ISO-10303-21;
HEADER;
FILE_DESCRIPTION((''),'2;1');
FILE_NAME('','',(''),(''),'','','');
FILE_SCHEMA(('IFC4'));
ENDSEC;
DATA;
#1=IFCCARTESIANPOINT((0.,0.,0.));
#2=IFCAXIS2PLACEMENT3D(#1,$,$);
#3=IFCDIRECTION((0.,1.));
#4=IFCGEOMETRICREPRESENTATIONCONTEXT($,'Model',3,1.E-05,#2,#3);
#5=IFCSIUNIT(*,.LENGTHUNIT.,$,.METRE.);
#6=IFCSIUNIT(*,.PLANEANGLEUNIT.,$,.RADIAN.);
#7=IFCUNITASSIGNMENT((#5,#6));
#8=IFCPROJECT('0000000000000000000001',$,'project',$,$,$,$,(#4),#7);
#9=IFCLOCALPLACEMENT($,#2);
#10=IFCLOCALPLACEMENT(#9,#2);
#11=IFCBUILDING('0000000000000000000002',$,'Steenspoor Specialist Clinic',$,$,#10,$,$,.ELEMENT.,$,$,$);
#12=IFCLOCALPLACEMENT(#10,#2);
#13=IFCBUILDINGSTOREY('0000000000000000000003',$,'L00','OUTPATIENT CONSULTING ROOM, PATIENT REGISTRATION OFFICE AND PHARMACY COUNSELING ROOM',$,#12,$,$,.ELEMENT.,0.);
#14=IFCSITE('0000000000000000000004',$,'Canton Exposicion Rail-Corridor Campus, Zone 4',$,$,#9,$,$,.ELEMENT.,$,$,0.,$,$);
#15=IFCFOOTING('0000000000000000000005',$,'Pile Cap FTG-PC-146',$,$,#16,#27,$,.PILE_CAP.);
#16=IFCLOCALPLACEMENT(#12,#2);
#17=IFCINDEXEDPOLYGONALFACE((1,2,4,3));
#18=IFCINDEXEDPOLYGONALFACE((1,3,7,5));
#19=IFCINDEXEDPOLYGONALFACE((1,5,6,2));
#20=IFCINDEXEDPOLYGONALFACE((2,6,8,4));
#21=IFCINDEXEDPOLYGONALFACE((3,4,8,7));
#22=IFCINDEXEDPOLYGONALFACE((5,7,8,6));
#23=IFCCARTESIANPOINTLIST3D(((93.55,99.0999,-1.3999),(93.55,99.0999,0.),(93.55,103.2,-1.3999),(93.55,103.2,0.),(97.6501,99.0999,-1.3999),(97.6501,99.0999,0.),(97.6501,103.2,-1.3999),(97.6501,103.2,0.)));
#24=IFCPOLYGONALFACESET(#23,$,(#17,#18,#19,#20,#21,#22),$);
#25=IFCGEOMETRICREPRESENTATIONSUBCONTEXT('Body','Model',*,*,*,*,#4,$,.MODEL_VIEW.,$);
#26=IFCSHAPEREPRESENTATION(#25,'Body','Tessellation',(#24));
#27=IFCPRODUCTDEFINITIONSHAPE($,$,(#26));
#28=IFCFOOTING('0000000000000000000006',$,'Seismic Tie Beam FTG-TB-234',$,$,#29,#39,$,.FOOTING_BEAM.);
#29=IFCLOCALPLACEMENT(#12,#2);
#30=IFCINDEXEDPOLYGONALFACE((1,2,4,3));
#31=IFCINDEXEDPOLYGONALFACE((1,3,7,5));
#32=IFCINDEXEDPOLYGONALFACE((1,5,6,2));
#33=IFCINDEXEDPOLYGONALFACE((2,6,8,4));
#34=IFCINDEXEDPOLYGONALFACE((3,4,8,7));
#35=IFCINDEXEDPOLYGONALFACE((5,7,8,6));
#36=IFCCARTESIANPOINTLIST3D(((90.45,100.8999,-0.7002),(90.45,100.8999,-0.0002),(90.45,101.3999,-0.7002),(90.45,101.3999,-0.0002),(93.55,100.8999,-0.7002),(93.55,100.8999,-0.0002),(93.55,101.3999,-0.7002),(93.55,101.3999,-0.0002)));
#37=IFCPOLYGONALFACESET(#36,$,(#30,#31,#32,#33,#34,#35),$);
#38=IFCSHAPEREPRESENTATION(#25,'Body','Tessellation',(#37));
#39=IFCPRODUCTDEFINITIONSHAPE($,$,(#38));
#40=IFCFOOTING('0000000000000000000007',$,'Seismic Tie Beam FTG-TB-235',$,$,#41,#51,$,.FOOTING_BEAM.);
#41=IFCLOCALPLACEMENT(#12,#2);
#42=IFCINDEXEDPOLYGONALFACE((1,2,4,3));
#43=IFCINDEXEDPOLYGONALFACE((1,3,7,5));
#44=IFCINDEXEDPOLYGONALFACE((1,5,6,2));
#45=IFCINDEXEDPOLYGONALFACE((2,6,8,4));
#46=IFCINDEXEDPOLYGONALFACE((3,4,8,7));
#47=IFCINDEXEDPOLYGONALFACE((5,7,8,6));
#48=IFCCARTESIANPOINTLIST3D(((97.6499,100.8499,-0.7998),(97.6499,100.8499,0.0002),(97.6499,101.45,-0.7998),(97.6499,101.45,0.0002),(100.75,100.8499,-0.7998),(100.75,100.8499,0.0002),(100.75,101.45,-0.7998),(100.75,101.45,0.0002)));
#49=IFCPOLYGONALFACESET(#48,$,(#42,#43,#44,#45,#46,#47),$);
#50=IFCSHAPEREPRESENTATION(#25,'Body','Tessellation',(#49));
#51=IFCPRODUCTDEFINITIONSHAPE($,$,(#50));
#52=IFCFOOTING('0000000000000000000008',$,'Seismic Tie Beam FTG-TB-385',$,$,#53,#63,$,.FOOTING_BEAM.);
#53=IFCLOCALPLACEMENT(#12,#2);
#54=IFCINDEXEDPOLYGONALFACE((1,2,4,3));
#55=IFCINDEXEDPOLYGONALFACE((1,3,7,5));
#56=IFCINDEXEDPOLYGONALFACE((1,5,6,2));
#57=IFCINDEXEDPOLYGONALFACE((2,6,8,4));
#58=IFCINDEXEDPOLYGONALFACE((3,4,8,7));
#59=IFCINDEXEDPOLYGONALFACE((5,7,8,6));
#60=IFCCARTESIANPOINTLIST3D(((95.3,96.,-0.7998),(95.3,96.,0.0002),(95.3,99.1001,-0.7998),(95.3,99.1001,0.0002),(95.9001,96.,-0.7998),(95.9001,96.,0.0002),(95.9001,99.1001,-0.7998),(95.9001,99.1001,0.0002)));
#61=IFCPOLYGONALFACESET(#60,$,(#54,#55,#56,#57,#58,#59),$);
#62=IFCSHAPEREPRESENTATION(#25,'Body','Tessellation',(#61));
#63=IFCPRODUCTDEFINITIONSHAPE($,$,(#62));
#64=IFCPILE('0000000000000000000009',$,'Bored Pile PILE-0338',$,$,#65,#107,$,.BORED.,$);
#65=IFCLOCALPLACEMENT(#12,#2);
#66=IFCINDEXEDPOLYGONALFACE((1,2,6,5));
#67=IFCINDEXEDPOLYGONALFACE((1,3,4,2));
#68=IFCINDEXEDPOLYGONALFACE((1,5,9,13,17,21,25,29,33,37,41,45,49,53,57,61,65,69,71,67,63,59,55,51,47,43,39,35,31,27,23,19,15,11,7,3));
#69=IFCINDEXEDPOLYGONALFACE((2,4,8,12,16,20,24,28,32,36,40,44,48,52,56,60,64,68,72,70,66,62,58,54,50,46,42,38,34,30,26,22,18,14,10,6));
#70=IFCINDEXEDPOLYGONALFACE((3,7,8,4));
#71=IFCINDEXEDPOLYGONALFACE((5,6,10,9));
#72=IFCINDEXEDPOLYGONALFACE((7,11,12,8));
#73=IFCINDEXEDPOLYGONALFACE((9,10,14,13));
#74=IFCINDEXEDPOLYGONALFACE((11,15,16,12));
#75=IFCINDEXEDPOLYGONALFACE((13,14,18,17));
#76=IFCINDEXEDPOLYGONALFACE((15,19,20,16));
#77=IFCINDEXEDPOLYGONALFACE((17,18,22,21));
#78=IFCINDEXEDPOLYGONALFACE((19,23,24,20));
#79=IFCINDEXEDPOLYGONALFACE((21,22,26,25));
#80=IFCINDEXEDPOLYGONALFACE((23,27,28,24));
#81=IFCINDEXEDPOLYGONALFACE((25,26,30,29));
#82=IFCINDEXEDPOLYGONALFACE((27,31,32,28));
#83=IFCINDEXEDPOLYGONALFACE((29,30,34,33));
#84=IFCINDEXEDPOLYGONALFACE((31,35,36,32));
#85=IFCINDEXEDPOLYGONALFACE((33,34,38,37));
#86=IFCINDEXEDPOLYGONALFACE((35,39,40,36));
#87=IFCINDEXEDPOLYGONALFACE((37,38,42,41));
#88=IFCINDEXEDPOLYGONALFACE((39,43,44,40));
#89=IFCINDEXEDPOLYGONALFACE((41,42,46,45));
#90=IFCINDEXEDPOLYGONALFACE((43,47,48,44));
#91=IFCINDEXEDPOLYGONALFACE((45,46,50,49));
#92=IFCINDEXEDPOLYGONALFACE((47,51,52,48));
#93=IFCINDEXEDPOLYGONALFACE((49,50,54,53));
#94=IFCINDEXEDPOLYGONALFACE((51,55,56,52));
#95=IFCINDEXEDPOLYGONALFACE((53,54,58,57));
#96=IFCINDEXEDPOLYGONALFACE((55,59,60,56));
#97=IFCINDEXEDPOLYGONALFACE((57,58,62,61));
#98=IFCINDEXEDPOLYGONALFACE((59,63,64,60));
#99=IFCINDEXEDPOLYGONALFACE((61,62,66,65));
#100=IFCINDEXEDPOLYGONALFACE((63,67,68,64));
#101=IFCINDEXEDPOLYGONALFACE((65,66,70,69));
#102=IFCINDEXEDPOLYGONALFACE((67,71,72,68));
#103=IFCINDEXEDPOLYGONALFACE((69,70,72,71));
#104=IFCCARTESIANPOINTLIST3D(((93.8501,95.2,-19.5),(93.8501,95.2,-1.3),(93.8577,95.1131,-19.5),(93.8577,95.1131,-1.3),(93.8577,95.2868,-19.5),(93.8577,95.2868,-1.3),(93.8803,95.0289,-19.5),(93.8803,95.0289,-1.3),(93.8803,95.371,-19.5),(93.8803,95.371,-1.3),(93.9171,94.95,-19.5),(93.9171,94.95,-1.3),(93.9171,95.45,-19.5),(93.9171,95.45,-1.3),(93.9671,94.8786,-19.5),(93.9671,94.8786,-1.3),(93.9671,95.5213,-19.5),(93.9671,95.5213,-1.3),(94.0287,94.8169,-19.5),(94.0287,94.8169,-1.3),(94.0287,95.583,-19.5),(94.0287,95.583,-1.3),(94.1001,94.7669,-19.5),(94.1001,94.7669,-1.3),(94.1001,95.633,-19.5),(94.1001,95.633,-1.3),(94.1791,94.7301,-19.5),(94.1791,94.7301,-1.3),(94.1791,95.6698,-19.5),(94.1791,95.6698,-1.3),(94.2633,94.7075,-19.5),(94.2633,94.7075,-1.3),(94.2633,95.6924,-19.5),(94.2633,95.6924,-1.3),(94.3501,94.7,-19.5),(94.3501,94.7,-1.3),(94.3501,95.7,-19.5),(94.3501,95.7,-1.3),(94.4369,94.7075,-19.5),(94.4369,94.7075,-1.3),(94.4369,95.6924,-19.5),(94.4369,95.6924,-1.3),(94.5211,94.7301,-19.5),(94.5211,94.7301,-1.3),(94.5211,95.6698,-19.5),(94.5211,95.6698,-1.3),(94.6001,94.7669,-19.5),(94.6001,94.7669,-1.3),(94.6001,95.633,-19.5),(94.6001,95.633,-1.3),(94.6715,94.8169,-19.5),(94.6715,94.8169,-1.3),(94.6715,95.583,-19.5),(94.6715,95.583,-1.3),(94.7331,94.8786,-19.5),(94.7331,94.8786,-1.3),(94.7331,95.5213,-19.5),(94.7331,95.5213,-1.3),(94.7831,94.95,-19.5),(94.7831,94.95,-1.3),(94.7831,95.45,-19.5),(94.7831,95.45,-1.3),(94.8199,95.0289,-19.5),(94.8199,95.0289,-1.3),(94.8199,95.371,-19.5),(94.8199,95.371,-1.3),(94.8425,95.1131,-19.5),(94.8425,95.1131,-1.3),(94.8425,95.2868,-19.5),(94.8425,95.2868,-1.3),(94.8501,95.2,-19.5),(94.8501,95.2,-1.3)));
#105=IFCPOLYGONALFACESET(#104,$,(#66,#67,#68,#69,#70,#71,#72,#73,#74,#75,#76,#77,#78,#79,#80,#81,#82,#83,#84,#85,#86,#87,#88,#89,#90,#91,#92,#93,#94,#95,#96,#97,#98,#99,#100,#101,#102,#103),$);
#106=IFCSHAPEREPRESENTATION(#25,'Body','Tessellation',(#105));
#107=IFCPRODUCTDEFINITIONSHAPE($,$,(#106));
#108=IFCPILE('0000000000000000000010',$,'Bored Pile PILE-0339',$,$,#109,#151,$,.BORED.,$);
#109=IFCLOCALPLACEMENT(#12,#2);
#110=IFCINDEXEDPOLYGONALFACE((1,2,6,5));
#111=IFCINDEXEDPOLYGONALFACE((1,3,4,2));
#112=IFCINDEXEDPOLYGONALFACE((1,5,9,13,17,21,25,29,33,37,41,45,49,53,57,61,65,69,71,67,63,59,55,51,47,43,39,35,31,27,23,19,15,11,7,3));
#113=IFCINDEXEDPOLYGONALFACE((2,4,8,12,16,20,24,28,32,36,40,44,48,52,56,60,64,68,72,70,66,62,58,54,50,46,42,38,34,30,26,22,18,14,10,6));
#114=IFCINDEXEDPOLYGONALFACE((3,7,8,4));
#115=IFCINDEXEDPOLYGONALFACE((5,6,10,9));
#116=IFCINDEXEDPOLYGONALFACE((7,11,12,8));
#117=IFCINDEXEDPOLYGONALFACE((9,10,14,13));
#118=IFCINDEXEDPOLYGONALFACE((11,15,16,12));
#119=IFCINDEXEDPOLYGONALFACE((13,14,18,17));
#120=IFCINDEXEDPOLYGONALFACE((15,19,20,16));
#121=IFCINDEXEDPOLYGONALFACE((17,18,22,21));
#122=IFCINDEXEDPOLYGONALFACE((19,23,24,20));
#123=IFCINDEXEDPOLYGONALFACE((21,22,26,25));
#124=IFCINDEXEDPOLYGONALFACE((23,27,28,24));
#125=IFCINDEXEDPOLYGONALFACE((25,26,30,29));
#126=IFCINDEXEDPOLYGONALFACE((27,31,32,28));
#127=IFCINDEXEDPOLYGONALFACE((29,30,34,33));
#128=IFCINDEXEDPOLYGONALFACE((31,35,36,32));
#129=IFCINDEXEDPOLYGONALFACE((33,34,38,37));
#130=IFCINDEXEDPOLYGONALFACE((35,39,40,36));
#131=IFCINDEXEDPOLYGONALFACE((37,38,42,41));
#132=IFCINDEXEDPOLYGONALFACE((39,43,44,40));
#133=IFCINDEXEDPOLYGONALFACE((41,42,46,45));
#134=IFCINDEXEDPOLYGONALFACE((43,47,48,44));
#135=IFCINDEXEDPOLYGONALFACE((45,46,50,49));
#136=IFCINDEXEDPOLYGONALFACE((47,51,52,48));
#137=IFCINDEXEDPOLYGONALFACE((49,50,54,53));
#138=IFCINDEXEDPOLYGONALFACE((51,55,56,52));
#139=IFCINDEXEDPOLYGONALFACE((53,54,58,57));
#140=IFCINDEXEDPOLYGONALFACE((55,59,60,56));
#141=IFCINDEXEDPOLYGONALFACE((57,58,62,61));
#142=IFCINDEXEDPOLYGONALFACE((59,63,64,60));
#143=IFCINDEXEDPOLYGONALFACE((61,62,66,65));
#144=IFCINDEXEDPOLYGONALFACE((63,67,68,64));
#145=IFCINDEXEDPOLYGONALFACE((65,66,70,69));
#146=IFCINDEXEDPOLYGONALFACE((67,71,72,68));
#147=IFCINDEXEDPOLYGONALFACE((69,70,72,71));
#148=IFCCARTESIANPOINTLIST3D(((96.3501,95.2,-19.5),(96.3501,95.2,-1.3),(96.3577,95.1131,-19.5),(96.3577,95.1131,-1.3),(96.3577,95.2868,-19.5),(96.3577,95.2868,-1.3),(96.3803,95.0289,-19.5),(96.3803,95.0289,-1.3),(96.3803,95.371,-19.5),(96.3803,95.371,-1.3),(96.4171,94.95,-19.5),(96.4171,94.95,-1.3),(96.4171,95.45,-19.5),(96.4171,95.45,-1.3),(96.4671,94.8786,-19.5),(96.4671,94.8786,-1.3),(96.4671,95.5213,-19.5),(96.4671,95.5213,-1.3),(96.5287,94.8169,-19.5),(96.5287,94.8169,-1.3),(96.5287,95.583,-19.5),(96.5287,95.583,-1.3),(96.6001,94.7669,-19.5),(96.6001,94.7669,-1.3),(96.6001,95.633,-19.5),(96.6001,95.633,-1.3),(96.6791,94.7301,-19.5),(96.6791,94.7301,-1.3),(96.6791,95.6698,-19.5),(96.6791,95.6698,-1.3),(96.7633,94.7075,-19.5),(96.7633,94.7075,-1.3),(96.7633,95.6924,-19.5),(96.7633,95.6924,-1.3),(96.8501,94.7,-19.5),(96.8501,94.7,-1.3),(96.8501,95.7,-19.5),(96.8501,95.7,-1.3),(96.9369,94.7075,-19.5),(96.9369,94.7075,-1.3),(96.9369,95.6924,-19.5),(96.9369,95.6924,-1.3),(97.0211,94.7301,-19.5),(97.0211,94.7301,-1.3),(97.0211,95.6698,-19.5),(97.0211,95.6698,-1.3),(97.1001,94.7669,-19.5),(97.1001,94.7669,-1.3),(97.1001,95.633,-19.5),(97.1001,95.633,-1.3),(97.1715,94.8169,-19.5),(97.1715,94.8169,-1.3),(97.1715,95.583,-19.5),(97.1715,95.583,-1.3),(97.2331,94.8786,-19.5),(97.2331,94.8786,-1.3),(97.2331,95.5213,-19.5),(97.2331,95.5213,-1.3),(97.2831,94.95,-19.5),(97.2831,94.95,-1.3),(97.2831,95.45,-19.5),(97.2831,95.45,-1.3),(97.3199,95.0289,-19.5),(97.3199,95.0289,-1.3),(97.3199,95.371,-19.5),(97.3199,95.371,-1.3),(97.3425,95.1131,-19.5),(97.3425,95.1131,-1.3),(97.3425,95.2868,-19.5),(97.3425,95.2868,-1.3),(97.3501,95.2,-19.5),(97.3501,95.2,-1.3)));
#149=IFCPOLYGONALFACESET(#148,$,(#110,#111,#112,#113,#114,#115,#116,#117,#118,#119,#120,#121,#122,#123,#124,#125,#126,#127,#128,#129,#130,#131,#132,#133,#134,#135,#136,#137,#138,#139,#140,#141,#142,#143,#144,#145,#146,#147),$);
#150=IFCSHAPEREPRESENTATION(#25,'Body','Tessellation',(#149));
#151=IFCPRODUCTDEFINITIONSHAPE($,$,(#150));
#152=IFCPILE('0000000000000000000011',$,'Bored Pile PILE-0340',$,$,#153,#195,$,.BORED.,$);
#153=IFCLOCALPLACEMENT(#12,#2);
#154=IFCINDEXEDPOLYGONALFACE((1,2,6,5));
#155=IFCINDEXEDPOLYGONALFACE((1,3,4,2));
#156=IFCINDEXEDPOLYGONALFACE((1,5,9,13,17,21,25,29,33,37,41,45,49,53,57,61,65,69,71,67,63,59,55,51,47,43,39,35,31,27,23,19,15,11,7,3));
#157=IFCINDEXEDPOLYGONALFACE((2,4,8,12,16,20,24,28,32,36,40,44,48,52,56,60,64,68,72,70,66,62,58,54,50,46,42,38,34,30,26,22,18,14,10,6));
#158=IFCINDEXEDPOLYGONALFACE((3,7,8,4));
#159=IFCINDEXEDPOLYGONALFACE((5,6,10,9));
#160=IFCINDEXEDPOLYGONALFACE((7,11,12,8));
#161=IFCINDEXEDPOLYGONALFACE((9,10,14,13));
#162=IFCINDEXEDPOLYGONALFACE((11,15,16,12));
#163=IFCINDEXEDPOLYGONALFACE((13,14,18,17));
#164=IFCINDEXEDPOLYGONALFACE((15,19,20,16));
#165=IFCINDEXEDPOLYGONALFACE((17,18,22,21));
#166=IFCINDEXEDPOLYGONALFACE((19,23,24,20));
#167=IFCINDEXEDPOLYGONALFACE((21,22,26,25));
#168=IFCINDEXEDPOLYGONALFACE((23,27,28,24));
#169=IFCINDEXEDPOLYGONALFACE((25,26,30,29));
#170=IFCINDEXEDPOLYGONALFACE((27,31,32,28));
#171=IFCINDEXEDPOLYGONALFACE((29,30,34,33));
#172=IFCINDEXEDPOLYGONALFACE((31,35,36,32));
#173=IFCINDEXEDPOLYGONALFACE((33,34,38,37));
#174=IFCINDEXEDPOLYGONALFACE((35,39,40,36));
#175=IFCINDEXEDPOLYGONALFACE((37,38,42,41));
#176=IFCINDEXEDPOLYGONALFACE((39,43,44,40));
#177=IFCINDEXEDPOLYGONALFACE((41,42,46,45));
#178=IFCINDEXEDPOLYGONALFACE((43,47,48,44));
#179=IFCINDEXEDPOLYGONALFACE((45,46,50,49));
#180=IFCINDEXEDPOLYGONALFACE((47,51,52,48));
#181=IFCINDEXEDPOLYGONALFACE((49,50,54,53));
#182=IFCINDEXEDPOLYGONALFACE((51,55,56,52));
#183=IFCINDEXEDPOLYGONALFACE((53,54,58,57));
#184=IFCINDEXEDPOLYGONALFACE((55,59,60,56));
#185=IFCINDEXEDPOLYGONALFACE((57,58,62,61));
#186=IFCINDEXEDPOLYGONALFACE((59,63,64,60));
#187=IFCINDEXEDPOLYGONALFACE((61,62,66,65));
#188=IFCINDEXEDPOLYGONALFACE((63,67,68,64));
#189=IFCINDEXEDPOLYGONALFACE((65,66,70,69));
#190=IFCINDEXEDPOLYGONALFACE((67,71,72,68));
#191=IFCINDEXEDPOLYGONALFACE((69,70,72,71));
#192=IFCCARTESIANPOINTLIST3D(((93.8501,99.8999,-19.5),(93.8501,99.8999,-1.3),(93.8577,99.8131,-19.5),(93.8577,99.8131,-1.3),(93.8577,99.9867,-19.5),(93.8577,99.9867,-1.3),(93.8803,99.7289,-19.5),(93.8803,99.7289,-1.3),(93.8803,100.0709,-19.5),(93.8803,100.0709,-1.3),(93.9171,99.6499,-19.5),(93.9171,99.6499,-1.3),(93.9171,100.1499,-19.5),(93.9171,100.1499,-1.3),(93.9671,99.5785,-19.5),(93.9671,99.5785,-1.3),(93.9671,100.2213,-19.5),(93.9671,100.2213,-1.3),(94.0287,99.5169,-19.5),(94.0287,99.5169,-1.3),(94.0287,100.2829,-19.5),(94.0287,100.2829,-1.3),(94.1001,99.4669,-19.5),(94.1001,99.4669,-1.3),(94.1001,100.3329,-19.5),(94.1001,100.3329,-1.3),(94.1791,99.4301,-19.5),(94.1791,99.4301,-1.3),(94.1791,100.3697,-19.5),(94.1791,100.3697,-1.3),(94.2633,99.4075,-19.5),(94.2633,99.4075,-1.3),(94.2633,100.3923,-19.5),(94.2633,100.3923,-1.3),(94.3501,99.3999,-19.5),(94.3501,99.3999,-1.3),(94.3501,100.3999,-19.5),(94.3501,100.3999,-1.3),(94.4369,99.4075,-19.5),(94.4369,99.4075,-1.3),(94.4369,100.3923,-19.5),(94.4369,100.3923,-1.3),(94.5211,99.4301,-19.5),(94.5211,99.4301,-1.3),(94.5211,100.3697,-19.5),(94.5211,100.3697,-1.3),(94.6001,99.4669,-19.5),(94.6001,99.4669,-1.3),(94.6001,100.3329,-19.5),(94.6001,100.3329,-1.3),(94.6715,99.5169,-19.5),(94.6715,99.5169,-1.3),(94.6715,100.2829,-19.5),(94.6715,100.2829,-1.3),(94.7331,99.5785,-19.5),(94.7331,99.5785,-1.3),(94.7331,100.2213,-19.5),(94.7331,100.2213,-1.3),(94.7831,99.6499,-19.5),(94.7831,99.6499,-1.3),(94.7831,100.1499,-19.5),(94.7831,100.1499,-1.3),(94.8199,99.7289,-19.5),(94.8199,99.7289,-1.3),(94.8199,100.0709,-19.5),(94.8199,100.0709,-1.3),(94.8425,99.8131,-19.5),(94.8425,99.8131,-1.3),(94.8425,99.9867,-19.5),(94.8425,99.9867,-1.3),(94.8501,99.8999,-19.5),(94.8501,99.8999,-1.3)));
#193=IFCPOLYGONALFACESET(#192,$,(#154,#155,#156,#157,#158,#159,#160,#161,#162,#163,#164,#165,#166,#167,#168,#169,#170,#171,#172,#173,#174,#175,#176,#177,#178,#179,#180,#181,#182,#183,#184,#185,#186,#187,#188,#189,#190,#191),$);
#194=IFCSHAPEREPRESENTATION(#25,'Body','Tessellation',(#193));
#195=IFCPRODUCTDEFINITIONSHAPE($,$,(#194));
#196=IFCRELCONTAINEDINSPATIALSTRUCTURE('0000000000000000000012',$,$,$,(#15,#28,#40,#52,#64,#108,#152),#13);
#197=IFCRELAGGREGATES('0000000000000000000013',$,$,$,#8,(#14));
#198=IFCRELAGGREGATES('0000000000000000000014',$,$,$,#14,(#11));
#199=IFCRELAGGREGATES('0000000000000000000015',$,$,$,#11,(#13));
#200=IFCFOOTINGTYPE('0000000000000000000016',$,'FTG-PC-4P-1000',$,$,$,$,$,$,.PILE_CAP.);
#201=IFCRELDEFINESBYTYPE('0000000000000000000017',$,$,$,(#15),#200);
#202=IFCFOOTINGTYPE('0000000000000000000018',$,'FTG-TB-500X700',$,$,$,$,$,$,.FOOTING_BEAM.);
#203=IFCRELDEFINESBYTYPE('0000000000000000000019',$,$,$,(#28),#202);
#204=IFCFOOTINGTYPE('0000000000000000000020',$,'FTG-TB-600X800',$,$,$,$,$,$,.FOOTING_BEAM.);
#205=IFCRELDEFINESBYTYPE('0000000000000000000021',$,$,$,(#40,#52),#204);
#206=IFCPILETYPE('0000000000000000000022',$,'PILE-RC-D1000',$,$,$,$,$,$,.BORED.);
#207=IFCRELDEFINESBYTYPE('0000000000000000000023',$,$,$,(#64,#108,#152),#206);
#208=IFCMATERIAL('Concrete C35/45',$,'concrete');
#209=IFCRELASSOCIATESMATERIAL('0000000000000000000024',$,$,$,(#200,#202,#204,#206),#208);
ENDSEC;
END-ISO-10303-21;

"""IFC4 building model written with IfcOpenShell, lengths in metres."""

from ifc_helpers import new_model, si_unit, direction, frame, origin, origin_2d, place, context, subcontext, project, spatial, rectangle, circle, extrude, material, material_profile, profile_set, type_object, element, save


model = new_model("IFC4")

# Units and contexts
model_context = context("Model", 3, precision=1e-05, world=origin(), true_north=direction((0.0, 1.0)))
body_context = subcontext(model_context, "Body", "Model", "MODEL_VIEW")
ifc_project = project(units=[si_unit("LENGTHUNIT", "METRE"), si_unit("PLANEANGLEUNIT", "RADIAN")], contexts=[model_context])

# Site, building, storey
site_placement = place(None, origin())
site = spatial("IfcSite", under=ifc_project, at=site_placement, Name="Canton Exposicion Rail-Corridor Campus, Zone 4", CompositionType="ELEMENT", RefElevation=0.0)
building_placement = place(site_placement, origin())
building = spatial("IfcBuilding", under=site, at=building_placement, Name="Steenspoor Specialist Clinic", CompositionType="ELEMENT")
storey_placement = place(building_placement, origin())
storey = spatial("IfcBuildingStorey", under=building, at=storey_placement, Name="L00", Description="OUTPATIENT CONSULTING ROOM, PATIENT REGISTRATION OFFICE AND PHARMACY COUNSELING ROOM", CompositionType="ELEMENT", Elevation=0.0)

# Footings
ifc_material_1 = material(Name="Concrete C35/45", Category="concrete")
footing_type_1 = type_object("IfcFootingType", Name="FTG-PC-4P-1000", PredefinedType="PILE_CAP", material=ifc_material_1)
footing_1_placement = place(storey_placement, frame((95.6001, 101.1499, -1.3999), z_axis=(0.0, 0.0, 1.0), x_axis=(1.0, 0.0, 0.0)))
element("IfcFooting", 1, at=footing_1_placement, inside=storey, type_object=footing_type_1, Name="Pile Cap FTG-PC-146", PredefinedType="PILE_CAP", context=body_context, shape_type="SweptSolid", body=[
    extrude(rectangle(XDim=4.1001, YDim=4.1001, at=origin_2d()), origin(), (0.0, 0.0, 1.0), 1.3999),
])
footing_type_2 = type_object("IfcFootingType", Name="FTG-TB-500X700", PredefinedType="FOOTING_BEAM", material=ifc_material_1)
footing_2_placement = place(storey_placement, frame((92.0, 101.1499, -0.7002), z_axis=(0.0, 0.0, 1.0), x_axis=(1.0, 0.0, 0.0)))
element("IfcFooting", 2, at=footing_2_placement, inside=storey, type_object=footing_type_2, Name="Seismic Tie Beam FTG-TB-234", PredefinedType="FOOTING_BEAM", context=body_context, shape_type="SweptSolid", body=[
    extrude(rectangle(XDim=3.1001, YDim=0.5, at=origin_2d()), origin(), (0.0, 0.0, 1.0), 0.7),
])
footing_type_3 = type_object("IfcFootingType", Name="FTG-TB-600X800", PredefinedType="FOOTING_BEAM", material=ifc_material_1)
footing_3_placement = place(storey_placement, frame((99.2, 101.1499, -0.7998), z_axis=(0.0, 0.0, 1.0), x_axis=(1.0, 0.0, 0.0)))
element("IfcFooting", 3, at=footing_3_placement, inside=storey, type_object=footing_type_3, Name="Seismic Tie Beam FTG-TB-235", PredefinedType="FOOTING_BEAM", context=body_context, shape_type="SweptSolid", body=[
    extrude(rectangle(XDim=3.1001, YDim=0.6001, at=origin_2d()), origin(), (0.0, 0.0, 1.0), 0.8),
])
footing_4_placement = place(storey_placement, frame((95.6001, 97.55, -0.7998), z_axis=(0.0, 0.0, 1.0), x_axis=(1.0, 0.0, 0.0)))
element("IfcFooting", 4, at=footing_4_placement, inside=storey, type_object=footing_type_3, Name="Seismic Tie Beam FTG-TB-385", PredefinedType="FOOTING_BEAM", context=body_context, shape_type="SweptSolid", body=[
    extrude(rectangle(XDim=0.6001, YDim=3.1001, at=origin_2d()), origin(), (0.0, 0.0, 1.0), 0.8),
])

# Piles
ifc_material_profile_1 = material_profile(ifc_material_1, circle(Radius=0.5, at=origin_2d()), Name="PILE-D1000")
ifc_profile_set_1 = profile_set([ifc_material_profile_1], Name="Concrete C35/45")
pile_type = type_object("IfcPileType", Name="PILE-RC-D1000", PredefinedType="BORED", material=ifc_profile_set_1)
for number, where, z_axis, x_axis, name in (
    (5, (94.3501, 95.2, -1.3), (0.0, 0.0, -1.0), (1.0, 0.0, 0.0), "Bored Pile PILE-0338"),
    (6, (96.8501, 95.2, -1.3), (0.0, 0.0, -1.0), (1.0, 0.0, 0.0), "Bored Pile PILE-0339"),
    (7, (94.3501, 99.8999, -1.3), (0.0, 0.0, -1.0), (1.0, 0.0, 0.0), "Bored Pile PILE-0340"),
):
    element("IfcPile", number, at=place(storey_placement, frame(where, z_axis=z_axis, x_axis=x_axis)), inside=storey, type_object=pile_type, Name=name, PredefinedType="BORED", context=body_context, shape_type="SweptSolid", body=[
        extrude(circle(Radius=0.5, at=origin_2d()), origin(), (0.0, 0.0, 1.0), 18.2),
    ])

save(model, "model.ifc")
